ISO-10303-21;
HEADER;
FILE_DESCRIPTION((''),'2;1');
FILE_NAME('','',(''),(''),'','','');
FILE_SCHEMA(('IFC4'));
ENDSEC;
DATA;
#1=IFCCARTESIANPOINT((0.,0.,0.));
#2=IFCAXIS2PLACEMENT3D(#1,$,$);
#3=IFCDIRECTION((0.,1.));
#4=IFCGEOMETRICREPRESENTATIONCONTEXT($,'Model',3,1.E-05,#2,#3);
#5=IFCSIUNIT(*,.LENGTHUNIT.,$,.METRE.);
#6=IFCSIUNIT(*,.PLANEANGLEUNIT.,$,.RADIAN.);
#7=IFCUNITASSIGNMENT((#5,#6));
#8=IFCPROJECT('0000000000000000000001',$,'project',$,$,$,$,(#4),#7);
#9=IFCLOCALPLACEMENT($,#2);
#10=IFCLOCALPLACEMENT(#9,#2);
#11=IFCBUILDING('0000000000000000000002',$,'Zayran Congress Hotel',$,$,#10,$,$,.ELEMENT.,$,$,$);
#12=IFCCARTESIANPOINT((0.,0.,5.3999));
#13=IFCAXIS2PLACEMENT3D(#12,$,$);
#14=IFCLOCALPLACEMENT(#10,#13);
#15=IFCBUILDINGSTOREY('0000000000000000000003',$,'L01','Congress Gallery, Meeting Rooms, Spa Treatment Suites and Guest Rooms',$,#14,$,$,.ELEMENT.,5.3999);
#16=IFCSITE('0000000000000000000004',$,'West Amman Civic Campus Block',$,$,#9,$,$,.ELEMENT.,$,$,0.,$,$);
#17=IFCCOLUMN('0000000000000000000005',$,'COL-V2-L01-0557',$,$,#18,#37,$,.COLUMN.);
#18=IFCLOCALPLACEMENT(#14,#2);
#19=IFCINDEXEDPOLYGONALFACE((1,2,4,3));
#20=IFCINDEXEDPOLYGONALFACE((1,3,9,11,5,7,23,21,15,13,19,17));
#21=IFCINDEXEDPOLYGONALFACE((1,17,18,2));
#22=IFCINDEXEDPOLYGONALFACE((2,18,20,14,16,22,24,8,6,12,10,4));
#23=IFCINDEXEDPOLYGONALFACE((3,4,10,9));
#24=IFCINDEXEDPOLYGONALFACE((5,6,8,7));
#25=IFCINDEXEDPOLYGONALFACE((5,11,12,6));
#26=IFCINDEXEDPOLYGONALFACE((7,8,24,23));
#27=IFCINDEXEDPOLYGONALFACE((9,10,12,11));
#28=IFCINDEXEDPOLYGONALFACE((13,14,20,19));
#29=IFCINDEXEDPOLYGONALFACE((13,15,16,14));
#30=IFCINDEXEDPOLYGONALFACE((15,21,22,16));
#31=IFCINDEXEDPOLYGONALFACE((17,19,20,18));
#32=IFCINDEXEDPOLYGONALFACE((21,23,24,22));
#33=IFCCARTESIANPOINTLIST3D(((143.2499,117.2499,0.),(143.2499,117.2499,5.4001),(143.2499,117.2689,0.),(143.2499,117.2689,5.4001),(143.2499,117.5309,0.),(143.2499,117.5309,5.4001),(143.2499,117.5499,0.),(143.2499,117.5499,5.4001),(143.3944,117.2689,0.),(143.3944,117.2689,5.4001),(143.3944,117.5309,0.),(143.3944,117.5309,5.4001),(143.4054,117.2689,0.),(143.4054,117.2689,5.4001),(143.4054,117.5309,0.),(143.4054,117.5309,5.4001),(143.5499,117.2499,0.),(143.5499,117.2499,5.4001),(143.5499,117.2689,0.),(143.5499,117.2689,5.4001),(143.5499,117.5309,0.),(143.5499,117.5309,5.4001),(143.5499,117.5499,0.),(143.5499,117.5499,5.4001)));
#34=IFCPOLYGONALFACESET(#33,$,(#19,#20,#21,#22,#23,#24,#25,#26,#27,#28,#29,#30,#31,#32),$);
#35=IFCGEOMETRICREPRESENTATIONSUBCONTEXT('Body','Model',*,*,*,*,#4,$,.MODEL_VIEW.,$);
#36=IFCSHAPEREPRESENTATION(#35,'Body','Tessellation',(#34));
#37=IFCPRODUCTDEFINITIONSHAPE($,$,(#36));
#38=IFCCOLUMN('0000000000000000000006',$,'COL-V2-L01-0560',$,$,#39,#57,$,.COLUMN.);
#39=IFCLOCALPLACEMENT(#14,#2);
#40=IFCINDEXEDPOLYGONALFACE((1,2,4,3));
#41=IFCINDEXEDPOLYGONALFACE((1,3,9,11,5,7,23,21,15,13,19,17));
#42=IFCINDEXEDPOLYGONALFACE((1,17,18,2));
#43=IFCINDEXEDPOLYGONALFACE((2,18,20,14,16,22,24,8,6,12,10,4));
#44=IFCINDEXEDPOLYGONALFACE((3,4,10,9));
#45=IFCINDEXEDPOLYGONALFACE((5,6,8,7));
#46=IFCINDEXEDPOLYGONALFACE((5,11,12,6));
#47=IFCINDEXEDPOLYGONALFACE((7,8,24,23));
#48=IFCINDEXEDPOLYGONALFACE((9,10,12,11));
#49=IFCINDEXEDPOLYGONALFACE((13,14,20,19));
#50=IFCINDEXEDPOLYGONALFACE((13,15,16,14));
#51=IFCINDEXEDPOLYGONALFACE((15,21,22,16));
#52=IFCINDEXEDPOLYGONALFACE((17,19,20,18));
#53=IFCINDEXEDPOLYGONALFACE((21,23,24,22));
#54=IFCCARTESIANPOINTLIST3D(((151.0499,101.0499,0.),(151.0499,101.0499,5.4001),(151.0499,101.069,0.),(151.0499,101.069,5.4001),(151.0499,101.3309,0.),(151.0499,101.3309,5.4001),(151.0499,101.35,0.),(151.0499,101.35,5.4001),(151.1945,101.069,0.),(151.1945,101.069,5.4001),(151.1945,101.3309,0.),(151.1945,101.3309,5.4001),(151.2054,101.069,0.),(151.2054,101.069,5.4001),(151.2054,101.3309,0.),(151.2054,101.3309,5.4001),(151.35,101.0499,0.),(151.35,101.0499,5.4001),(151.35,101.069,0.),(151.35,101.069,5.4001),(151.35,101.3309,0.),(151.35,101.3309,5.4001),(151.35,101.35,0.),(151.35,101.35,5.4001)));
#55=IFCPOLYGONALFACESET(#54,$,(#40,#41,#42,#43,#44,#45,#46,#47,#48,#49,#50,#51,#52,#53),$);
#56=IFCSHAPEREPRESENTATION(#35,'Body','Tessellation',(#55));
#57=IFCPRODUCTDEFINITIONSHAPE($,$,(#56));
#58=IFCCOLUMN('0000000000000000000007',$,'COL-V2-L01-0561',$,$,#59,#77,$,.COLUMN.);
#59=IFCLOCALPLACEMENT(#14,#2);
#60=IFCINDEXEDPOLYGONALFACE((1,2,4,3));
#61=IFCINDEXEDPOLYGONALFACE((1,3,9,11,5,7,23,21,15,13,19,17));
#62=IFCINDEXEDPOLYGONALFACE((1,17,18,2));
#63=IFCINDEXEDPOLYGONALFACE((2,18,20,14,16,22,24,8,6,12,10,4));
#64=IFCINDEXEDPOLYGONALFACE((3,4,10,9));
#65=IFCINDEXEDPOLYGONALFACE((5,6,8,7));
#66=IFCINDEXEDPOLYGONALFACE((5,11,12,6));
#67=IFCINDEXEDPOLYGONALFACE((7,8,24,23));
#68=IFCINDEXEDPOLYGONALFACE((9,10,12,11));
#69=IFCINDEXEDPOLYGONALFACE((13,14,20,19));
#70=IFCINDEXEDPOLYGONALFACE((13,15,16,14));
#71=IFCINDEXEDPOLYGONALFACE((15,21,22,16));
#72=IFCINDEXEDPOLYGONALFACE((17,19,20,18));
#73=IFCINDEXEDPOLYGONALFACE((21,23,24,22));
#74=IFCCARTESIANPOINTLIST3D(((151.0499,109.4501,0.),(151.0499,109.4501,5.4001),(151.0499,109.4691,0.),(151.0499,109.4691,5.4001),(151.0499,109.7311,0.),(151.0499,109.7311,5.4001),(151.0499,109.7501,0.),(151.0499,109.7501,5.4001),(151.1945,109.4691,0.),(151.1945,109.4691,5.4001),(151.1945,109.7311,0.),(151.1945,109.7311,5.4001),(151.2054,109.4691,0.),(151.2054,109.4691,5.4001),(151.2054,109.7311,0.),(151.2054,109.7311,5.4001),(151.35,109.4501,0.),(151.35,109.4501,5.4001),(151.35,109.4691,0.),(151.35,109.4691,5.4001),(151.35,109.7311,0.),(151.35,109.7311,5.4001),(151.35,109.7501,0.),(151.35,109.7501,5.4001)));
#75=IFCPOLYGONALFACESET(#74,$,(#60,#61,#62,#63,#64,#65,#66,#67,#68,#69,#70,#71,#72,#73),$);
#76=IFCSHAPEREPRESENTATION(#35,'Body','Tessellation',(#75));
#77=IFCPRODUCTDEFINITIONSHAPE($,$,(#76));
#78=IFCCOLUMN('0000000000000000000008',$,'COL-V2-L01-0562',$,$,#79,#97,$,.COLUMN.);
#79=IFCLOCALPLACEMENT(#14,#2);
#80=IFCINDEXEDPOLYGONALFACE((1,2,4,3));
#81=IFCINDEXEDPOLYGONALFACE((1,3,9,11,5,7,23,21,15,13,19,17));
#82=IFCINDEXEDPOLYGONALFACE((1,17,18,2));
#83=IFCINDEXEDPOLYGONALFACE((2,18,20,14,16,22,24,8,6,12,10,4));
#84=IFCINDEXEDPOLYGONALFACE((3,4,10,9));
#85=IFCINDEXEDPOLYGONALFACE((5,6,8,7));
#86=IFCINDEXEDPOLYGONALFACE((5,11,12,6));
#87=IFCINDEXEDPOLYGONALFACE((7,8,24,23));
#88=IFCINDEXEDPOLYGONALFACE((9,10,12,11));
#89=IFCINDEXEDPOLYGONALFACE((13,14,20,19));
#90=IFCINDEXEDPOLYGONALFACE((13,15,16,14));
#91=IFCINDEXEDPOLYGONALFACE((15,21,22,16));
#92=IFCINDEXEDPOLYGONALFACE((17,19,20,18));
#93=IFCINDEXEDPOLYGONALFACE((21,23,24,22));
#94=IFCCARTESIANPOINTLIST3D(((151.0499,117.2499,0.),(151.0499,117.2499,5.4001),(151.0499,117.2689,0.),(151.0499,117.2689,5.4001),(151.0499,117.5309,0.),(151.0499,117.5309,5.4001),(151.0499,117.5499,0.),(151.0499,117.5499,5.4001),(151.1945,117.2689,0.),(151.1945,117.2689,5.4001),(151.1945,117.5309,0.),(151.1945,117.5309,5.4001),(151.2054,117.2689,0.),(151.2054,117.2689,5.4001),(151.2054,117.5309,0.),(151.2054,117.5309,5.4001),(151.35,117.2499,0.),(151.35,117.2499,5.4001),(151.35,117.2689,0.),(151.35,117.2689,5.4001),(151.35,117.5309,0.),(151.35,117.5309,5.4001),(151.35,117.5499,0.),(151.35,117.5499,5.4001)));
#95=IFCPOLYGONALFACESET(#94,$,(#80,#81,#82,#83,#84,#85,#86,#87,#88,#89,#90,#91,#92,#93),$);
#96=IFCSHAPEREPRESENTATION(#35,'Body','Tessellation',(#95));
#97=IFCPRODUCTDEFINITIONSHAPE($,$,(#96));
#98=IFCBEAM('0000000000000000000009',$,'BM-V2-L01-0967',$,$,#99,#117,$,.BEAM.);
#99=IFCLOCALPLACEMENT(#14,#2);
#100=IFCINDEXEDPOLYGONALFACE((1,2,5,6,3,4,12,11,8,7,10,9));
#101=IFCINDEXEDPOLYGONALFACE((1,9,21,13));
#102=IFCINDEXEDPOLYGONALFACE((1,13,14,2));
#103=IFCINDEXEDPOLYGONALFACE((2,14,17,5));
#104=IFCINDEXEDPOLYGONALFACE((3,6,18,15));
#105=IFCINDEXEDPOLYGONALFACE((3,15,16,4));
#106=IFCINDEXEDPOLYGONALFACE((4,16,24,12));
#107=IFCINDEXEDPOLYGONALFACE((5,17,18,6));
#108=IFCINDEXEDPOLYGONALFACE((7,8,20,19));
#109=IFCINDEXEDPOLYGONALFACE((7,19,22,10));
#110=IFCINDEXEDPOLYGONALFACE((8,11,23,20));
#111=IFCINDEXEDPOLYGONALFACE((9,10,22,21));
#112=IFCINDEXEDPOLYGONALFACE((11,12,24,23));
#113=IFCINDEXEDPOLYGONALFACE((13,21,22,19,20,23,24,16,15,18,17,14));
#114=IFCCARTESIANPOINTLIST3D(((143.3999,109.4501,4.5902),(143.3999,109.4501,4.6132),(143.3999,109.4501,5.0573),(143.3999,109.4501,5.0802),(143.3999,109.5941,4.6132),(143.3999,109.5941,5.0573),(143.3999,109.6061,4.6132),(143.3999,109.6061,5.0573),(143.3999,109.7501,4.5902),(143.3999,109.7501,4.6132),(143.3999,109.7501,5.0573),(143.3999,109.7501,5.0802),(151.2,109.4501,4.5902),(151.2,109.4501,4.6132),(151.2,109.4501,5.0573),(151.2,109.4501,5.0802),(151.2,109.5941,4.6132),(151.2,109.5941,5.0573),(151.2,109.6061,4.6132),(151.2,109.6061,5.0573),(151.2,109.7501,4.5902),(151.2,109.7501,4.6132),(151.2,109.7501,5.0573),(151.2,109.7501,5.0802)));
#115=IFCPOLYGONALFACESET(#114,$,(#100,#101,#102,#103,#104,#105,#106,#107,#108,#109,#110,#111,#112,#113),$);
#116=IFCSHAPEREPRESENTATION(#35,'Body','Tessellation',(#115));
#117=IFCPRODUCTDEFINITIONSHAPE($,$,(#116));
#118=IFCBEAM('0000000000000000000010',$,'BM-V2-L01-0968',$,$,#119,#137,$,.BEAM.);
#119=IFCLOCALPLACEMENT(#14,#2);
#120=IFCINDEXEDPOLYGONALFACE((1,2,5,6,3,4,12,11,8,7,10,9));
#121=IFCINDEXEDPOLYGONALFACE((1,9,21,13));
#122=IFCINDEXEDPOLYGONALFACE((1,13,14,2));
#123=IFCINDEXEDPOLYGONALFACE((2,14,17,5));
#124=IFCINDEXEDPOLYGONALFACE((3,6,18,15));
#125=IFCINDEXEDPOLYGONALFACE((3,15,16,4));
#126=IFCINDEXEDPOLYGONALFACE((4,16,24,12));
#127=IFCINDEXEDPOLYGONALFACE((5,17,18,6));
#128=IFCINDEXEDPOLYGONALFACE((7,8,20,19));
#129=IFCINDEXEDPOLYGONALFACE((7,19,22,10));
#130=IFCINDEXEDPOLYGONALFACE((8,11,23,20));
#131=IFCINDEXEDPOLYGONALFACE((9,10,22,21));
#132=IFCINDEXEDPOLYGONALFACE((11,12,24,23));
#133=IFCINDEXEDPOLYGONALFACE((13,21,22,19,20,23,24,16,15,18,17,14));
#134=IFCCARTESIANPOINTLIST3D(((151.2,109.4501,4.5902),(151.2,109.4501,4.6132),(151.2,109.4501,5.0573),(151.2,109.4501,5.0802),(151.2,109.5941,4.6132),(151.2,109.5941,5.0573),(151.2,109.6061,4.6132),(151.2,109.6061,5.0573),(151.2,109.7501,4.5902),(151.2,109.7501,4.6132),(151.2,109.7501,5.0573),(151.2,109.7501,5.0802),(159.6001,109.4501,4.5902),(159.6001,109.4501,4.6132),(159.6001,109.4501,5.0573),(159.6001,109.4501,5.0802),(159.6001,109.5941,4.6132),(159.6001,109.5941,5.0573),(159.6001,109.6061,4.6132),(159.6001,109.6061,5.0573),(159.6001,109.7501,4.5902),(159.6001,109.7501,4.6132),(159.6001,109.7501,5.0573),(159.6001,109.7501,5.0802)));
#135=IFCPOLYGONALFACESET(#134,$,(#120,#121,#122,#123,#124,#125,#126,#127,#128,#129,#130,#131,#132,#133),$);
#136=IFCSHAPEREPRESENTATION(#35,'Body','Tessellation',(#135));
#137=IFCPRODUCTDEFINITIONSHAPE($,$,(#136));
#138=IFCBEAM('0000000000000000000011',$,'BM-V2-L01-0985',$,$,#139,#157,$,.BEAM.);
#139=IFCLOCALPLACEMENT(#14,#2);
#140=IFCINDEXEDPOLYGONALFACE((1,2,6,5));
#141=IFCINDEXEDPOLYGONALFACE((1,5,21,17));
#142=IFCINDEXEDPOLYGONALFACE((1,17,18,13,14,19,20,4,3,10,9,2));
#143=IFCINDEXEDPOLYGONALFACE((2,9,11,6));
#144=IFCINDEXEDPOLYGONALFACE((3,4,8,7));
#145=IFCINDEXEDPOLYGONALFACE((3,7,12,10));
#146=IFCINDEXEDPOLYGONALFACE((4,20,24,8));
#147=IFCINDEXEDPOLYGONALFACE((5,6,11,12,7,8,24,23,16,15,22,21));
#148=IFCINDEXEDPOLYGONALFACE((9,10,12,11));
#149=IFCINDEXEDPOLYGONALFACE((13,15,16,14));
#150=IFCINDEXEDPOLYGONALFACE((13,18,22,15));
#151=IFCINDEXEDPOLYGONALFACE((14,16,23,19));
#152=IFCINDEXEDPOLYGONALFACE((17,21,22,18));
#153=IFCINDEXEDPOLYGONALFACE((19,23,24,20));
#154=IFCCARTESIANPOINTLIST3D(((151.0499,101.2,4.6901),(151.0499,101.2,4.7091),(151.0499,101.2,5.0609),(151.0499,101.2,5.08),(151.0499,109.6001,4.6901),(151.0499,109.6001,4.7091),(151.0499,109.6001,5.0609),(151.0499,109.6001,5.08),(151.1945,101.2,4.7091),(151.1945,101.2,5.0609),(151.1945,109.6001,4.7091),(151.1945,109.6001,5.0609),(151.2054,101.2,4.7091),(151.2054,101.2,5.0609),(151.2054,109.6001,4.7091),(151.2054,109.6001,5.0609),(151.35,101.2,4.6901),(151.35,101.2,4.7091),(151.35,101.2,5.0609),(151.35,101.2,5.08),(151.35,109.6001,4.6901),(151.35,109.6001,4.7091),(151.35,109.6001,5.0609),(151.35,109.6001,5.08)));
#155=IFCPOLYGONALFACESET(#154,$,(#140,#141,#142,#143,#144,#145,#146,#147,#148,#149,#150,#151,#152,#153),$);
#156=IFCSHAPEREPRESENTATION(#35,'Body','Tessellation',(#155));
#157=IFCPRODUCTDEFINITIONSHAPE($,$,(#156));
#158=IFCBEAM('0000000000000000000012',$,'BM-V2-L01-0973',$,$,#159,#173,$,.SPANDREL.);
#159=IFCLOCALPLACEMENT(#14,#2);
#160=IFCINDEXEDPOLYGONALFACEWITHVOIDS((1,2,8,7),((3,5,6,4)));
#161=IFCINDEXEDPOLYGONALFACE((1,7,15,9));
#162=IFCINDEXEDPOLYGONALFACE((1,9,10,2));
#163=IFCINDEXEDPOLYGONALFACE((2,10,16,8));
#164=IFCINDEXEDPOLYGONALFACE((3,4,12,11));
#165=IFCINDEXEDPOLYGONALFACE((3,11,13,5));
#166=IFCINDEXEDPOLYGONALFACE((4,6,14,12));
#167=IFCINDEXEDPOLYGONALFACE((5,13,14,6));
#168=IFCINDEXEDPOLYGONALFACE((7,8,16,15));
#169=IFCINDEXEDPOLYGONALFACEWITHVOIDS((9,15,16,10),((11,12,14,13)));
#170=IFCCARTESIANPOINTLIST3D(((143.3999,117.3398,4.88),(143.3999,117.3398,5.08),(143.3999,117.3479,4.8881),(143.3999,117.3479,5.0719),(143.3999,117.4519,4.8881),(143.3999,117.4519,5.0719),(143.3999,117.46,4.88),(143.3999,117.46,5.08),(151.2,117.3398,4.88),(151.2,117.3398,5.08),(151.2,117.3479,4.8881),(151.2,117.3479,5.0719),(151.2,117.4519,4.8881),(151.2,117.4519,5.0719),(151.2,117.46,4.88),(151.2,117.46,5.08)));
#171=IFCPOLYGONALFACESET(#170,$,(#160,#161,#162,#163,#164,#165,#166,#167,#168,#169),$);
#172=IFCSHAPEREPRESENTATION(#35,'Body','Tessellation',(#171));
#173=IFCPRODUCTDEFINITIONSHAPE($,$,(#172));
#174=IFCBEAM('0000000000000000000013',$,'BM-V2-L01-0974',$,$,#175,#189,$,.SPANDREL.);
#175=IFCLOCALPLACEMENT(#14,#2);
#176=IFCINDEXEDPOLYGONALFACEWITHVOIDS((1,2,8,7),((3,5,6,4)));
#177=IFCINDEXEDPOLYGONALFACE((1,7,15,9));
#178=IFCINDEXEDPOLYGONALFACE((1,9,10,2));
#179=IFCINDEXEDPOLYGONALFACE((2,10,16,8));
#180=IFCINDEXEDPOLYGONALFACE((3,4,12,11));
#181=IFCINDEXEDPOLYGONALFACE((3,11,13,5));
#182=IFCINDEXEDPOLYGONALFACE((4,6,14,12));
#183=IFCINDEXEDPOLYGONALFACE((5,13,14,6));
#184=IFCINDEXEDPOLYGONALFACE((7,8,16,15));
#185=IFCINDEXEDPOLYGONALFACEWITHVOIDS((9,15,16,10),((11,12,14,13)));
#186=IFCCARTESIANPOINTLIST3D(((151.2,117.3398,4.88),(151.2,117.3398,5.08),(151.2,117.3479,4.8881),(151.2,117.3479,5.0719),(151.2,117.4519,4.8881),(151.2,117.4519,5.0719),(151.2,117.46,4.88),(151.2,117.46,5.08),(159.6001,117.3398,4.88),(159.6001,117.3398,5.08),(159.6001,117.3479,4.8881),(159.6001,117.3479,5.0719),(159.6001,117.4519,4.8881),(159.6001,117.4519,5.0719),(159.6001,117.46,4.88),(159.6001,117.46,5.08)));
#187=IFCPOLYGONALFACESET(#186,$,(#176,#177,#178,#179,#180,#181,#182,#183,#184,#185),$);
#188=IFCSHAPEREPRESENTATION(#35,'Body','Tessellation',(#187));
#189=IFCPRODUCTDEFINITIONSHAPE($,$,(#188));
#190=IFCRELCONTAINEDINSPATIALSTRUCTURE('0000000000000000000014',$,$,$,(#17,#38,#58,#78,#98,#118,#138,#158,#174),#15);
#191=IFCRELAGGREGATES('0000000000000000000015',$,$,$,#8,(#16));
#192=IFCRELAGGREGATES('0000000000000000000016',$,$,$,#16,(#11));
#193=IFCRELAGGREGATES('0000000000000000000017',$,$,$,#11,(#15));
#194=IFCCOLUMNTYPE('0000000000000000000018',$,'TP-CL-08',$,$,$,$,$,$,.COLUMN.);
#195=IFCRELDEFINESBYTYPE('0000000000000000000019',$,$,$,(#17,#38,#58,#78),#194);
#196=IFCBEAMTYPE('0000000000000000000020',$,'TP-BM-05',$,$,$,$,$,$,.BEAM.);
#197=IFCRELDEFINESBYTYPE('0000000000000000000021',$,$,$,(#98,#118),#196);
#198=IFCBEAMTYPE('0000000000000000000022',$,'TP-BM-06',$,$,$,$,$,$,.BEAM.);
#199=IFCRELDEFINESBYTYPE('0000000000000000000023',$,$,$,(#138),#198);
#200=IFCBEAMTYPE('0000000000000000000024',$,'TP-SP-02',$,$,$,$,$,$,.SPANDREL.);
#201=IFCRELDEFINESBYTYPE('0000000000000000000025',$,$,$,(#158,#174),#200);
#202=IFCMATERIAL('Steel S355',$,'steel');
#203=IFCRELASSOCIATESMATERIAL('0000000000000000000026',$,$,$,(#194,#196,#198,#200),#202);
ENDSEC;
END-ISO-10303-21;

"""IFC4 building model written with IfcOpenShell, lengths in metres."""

from ifc_helpers import new_model, si_unit, direction, frame, origin, origin_2d, place, context, subcontext, project, spatial, hollow_rectangle, i_section, extrude, material, material_profile, profile_set, type_object, element, save


model = new_model("IFC4")

# Units and contexts
model_context = context("Model", 3, precision=1e-05, world=origin(), true_north=direction((0.0, 1.0)))
body_context = subcontext(model_context, "Body", "Model", "MODEL_VIEW")
ifc_project = project(units=[si_unit("LENGTHUNIT", "METRE"), si_unit("PLANEANGLEUNIT", "RADIAN")], contexts=[model_context])

# Site, building, storey
site_placement = place(None, origin())
site = spatial("IfcSite", under=ifc_project, at=site_placement, Name="West Amman Civic Campus Block", CompositionType="ELEMENT", RefElevation=0.0)
building_placement = place(site_placement, origin())
building = spatial("IfcBuilding", under=site, at=building_placement, Name="Zayran Congress Hotel", CompositionType="ELEMENT")
storey_placement = place(building_placement, frame((0.0, 0.0, 5.3999)))
storey = spatial("IfcBuildingStorey", under=building, at=storey_placement, Name="L01", Description="Congress Gallery, Meeting Rooms, Spa Treatment Suites and Guest Rooms", CompositionType="ELEMENT", Elevation=5.3999)

# Columns
ifc_material_1 = material(Name="Steel S355", Category="steel")
ifc_material_profile_1 = material_profile(ifc_material_1, i_section(OverallWidth=0.3, OverallDepth=0.3, WebThickness=0.011, FlangeThickness=0.019, at=origin_2d()), Name="HEB 300")
ifc_profile_set_1 = profile_set([ifc_material_profile_1], Name="Steel S355")
column_type = type_object("IfcColumnType", Name="TP-CL-08", PredefinedType="COLUMN", material=ifc_profile_set_1)
for number, where, z_axis, x_axis, name in (
    (1, (143.3999, 117.3999, 0.0), (0.0, 0.0, 1.0), (1.0, 0.0, 0.0), "COL-V2-L01-0557"),
    (2, (151.2, 101.2, 0.0), (0.0, 0.0, 1.0), (1.0, 0.0, 0.0), "COL-V2-L01-0560"),
    (3, (151.2, 109.6001, 0.0), (0.0, 0.0, 1.0), (1.0, 0.0, 0.0), "COL-V2-L01-0561"),
    (4, (151.2, 117.3999, 0.0), (0.0, 0.0, 1.0), (1.0, 0.0, 0.0), "COL-V2-L01-0562"),
):
    element("IfcColumn", number, at=place(storey_placement, frame(where, z_axis=z_axis, x_axis=x_axis)), inside=storey, type_object=column_type, Name=name, PredefinedType="COLUMN", context=body_context, shape_type="SweptSolid", body=[
        extrude(i_section(OverallWidth=0.3, OverallDepth=0.3, WebThickness=0.011, FlangeThickness=0.019, at=origin_2d()), origin(), (0.0, 0.0, 1.0), 5.4001),
    ])

# Beams
ifc_material_profile_2 = material_profile(ifc_material_1, i_section(OverallWidth=0.3, OverallDepth=0.49, WebThickness=0.012, FlangeThickness=0.0229, at=origin_2d()), Name="HEA 500")
ifc_profile_set_2 = profile_set([ifc_material_profile_2], Name="Steel S355")
beam_type_1 = type_object("IfcBeamType", Name="TP-BM-05", PredefinedType="BEAM", material=ifc_profile_set_2)
beam_1_placement = place(storey_placement, frame((143.3999, 109.6001, 4.8352), z_axis=(1.0, 0.0, 0.0), x_axis=(0.0, 1.0, 0.0)))
element("IfcBeam", 5, at=beam_1_placement, inside=storey, type_object=beam_type_1, Name="BM-V2-L01-0967", PredefinedType="BEAM", context=body_context, shape_type="SweptSolid", body=[
    extrude(i_section(OverallWidth=0.3, OverallDepth=0.49, WebThickness=0.012, FlangeThickness=0.0229, at=origin_2d()), origin(), (0.0, 0.0, 1.0), 7.8),
])
beam_2_placement = place(storey_placement, frame((151.2, 109.6001, 4.8352), z_axis=(1.0, 0.0, 0.0), x_axis=(0.0, 1.0, 0.0)))
element("IfcBeam", 6, at=beam_2_placement, inside=storey, type_object=beam_type_1, Name="BM-V2-L01-0968", PredefinedType="BEAM", context=body_context, shape_type="SweptSolid", body=[
    extrude(i_section(OverallWidth=0.3, OverallDepth=0.49, WebThickness=0.012, FlangeThickness=0.0229, at=origin_2d()), origin(), (0.0, 0.0, 1.0), 8.4001),
])
ifc_material_profile_3 = material_profile(ifc_material_1, i_section(OverallWidth=0.3, OverallDepth=0.3899, WebThickness=0.011, FlangeThickness=0.019, at=origin_2d()), Name="HEA 400")
ifc_profile_set_3 = profile_set([ifc_material_profile_3], Name="Steel S355")
beam_type_2 = type_object("IfcBeamType", Name="TP-BM-06", PredefinedType="BEAM", material=ifc_profile_set_3)
beam_3_placement = place(storey_placement, frame((151.2, 101.2, 4.885), z_axis=(0.0, 1.0, 0.0), x_axis=(-1.0, 0.0, 0.0)))
element("IfcBeam", 7, at=beam_3_placement, inside=storey, type_object=beam_type_2, Name="BM-V2-L01-0985", PredefinedType="BEAM", context=body_context, shape_type="SweptSolid", body=[
    extrude(i_section(OverallWidth=0.3, OverallDepth=0.3899, WebThickness=0.011, FlangeThickness=0.019, at=origin_2d()), origin(), (0.0, 0.0, 1.0), 8.4001),
])
ifc_material_profile_4 = material_profile(ifc_material_1, hollow_rectangle(XDim=0.1201, YDim=0.2, WallThickness=0.0081, at=origin_2d()), Name="RHS 200x120x8")
ifc_profile_set_4 = profile_set([ifc_material_profile_4], Name="Steel S355")
beam_type_3 = type_object("IfcBeamType", Name="TP-SP-02", PredefinedType="SPANDREL", material=ifc_profile_set_4)
beam_4_placement = place(storey_placement, frame((143.3999, 117.3999, 4.98), z_axis=(1.0, 0.0, 0.0), x_axis=(0.0, 1.0, 0.0)))
element("IfcBeam", 8, at=beam_4_placement, inside=storey, type_object=beam_type_3, Name="BM-V2-L01-0973", PredefinedType="SPANDREL", context=body_context, shape_type="SweptSolid", body=[
    extrude(hollow_rectangle(XDim=0.1201, YDim=0.2, WallThickness=0.0081, at=origin_2d()), origin(), (0.0, 0.0, 1.0), 7.8),
])
beam_5_placement = place(storey_placement, frame((151.2, 117.3999, 4.98), z_axis=(1.0, 0.0, 0.0), x_axis=(0.0, 1.0, 0.0)))
element("IfcBeam", 9, at=beam_5_placement, inside=storey, type_object=beam_type_3, Name="BM-V2-L01-0974", PredefinedType="SPANDREL", context=body_context, shape_type="SweptSolid", body=[
    extrude(hollow_rectangle(XDim=0.1201, YDim=0.2, WallThickness=0.0081, at=origin_2d()), origin(), (0.0, 0.0, 1.0), 8.4001),
])

save(model, "model.ifc")
